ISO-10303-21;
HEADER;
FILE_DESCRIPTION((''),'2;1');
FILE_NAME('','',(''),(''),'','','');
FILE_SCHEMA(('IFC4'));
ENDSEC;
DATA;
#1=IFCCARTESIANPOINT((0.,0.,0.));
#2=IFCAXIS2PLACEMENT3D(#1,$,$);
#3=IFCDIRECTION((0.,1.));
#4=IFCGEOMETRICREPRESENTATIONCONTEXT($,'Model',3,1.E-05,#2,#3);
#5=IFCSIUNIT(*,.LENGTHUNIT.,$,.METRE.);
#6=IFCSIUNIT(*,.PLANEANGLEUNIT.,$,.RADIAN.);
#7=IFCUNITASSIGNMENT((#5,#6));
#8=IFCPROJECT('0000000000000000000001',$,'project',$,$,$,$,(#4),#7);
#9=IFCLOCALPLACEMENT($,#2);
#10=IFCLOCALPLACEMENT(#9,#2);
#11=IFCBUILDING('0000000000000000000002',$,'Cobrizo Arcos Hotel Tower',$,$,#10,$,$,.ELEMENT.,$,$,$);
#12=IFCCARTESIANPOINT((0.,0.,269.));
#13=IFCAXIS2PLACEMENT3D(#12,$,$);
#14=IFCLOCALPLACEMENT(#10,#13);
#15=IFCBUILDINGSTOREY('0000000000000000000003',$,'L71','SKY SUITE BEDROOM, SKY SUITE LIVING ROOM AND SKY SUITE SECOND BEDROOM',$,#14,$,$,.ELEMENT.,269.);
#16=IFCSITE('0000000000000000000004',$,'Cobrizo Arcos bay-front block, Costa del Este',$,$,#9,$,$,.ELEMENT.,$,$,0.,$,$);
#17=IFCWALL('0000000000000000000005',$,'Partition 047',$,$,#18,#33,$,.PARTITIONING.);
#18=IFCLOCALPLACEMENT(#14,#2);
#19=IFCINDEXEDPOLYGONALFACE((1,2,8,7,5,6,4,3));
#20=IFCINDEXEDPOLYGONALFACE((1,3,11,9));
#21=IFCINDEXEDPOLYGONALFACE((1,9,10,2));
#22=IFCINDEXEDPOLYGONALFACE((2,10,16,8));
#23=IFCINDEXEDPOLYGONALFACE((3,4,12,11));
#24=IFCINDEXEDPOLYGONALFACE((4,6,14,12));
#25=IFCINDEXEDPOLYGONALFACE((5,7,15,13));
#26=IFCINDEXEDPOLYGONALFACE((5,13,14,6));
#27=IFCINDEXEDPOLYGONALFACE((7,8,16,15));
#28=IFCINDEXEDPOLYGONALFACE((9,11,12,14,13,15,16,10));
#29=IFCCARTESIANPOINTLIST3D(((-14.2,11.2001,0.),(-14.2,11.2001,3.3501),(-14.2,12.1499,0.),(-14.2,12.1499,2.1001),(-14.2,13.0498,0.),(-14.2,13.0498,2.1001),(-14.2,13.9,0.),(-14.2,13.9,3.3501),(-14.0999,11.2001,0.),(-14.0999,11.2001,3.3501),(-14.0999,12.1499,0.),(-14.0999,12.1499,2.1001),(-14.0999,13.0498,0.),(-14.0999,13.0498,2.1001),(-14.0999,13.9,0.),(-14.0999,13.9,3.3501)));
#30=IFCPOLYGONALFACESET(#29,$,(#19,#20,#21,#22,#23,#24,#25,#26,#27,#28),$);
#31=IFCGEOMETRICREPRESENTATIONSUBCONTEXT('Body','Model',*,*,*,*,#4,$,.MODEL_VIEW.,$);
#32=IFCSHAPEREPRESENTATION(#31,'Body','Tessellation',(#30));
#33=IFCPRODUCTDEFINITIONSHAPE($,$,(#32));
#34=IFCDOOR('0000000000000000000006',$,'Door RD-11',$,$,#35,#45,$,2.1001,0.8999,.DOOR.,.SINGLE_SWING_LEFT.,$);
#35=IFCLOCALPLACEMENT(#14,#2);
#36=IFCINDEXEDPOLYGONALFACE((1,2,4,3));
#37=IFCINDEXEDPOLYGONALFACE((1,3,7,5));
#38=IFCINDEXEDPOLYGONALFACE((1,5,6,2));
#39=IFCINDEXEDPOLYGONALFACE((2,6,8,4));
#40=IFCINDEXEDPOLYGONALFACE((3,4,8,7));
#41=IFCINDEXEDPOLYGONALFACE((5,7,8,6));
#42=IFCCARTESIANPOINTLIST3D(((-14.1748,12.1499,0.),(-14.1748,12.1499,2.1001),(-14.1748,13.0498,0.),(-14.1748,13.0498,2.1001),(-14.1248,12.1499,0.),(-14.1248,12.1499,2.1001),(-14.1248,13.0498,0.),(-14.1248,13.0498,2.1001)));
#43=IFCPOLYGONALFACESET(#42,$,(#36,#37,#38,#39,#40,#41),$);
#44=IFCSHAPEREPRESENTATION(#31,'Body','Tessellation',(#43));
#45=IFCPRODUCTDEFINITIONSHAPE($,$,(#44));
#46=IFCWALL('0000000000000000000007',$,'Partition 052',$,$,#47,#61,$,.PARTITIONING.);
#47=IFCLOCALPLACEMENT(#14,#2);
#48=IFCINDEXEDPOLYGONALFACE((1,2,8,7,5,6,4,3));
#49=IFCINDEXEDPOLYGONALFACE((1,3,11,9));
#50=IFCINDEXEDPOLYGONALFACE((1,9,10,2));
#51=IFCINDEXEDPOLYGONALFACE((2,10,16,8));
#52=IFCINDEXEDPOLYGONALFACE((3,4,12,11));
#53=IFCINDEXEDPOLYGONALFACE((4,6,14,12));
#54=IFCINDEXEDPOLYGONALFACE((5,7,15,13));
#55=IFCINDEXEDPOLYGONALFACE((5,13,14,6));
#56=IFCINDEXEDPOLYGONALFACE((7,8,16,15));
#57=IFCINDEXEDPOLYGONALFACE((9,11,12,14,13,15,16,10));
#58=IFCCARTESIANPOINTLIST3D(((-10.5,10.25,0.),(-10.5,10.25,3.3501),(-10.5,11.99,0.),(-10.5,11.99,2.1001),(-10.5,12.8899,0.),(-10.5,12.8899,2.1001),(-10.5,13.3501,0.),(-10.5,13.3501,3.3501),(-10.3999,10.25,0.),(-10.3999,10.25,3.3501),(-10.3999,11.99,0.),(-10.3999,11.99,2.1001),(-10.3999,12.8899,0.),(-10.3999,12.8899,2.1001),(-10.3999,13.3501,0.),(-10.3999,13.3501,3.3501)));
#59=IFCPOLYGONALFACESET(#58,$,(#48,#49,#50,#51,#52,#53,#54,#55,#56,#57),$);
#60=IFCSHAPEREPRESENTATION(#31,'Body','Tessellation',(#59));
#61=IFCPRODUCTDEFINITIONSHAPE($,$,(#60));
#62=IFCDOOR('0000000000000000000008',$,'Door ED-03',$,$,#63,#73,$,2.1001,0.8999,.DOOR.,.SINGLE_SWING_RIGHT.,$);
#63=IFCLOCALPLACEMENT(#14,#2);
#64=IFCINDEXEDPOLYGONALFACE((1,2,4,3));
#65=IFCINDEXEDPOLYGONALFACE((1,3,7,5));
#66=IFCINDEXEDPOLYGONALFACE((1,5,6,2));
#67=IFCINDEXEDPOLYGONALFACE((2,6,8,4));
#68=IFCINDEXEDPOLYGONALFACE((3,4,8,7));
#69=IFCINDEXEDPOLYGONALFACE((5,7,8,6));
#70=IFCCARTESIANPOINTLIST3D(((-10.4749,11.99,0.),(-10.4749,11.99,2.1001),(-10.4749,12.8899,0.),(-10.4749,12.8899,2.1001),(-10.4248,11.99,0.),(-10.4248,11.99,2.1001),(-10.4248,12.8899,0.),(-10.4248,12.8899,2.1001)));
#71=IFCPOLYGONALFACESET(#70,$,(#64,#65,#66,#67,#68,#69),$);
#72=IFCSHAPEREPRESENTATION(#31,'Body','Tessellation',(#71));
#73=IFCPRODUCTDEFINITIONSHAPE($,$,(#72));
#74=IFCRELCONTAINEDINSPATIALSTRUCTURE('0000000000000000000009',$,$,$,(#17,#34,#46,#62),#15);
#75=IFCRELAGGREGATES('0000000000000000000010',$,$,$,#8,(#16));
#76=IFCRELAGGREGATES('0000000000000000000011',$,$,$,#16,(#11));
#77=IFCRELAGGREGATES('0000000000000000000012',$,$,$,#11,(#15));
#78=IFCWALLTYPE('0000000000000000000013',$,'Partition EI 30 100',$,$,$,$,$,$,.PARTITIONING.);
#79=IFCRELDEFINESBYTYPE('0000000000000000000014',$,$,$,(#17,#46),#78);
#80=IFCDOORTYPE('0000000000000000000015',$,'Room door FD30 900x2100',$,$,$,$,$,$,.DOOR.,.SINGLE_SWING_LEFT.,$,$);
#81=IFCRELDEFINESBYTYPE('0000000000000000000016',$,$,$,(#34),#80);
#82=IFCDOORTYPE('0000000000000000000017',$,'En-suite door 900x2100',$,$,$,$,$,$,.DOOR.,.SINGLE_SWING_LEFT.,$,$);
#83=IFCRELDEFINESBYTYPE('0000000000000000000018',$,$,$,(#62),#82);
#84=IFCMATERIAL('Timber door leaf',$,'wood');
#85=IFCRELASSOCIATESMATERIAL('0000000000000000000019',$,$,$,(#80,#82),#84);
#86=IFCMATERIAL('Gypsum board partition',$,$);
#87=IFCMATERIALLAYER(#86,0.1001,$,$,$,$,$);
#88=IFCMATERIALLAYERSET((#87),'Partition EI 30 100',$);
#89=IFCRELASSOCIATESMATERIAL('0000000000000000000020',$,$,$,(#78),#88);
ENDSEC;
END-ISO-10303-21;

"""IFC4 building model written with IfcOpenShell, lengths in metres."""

from ifc_helpers import new_model, si_unit, direction, frame, frame_2d, origin, place, context, subcontext, project, spatial, rectangle, extrude, material, layer, layer_set, type_object, element, fill, save


model = new_model("IFC4")

# Units and contexts
model_context = context("Model", 3, precision=1e-05, world=origin(), true_north=direction((0.0, 1.0)))
body_context = subcontext(model_context, "Body", "Model", "MODEL_VIEW")
ifc_project = project(units=[si_unit("LENGTHUNIT", "METRE"), si_unit("PLANEANGLEUNIT", "RADIAN")], contexts=[model_context])

# Site, building, storey
site_placement = place(None, origin())
site = spatial("IfcSite", under=ifc_project, at=site_placement, Name="Cobrizo Arcos bay-front block, Costa del Este", CompositionType="ELEMENT", RefElevation=0.0)
building_placement = place(site_placement, origin())
building = spatial("IfcBuilding", under=site, at=building_placement, Name="Cobrizo Arcos Hotel Tower", CompositionType="ELEMENT")
storey_placement = place(building_placement, frame((0.0, 0.0, 269.0)))
storey = spatial("IfcBuildingStorey", under=building, at=storey_placement, Name="L71", Description="SKY SUITE BEDROOM, SKY SUITE LIVING ROOM AND SKY SUITE SECOND BEDROOM", CompositionType="ELEMENT", Elevation=269.0)

# Walls, openings, doors
ifc_material_1 = material(Name="Gypsum board partition")
ifc_material_2 = material(Name="Timber door leaf", Category="wood")
door_type_1 = type_object("IfcDoorType", Name="Room door FD30 900x2100", OperationType="SINGLE_SWING_LEFT", PredefinedType="DOOR", material=ifc_material_2)
ifc_layer_1 = layer(ifc_material_1, 0.1001)
ifc_layer_set_1 = layer_set([ifc_layer_1], Name="Partition EI 30 100")
wall_type_1 = type_object("IfcWallType", Name="Partition EI 30 100", PredefinedType="PARTITIONING", material=ifc_layer_set_1)
wall_1_placement = place(storey_placement, frame((-14.1499, 11.2, 0.0), z_axis=(0.0, 0.0, 1.0), x_axis=(0.0, 1.0, 0.0)))
wall_1 = element("IfcWall", 1, at=wall_1_placement, inside=storey, type_object=wall_type_1, Name="Partition 047", PredefinedType="PARTITIONING", context=body_context, shape_type="SweptSolid", body=[
    extrude(rectangle(XDim=2.7, YDim=0.1001, at=frame_2d((1.3501, 0.0))), origin(), (0.0, 0.0, 1.0), 3.3501),
])
opening_1_placement = place(wall_1_placement, frame((0.95, 0.0, 0.0)))
opening_1 = element("IfcOpeningElement", 2, at=opening_1_placement, cuts=wall_1, PredefinedType="OPENING", context=body_context, shape_type="SweptSolid", body=[
    extrude(rectangle(XDim=0.8999, YDim=2.1001, at=frame_2d((0.45, 1.05))), frame((0.0, 0.062, 0.0), z_axis=(0.0, -1.0, 0.0), x_axis=(1.0, 0.0, 0.0)), (0.0, 0.0, 1.0), 0.124),
])
door_1_placement = place(opening_1_placement, origin())
door_1 = element("IfcDoor", 3, at=door_1_placement, inside=storey, type_object=door_type_1, Name="Door RD-11", OperationType="SINGLE_SWING_LEFT", OverallHeight=2.1001, OverallWidth=0.8999, PredefinedType="DOOR", context=body_context, shape_type="SweptSolid", body=[
    extrude(rectangle(XDim=0.8999, YDim=2.1001, at=frame_2d((0.45, 1.05))), frame((0.0, 0.0249, 0.0), z_axis=(0.0, -1.0, 0.0), x_axis=(1.0, 0.0, 0.0)), (0.0, 0.0, 1.0), 0.05),
])
fill(opening_1, door_1)
wall_2_placement = place(storey_placement, frame((-10.45, 10.25, 0.0), z_axis=(0.0, 0.0, 1.0), x_axis=(0.0, 1.0, 0.0)))
wall_2 = element("IfcWall", 4, at=wall_2_placement, inside=storey, type_object=wall_type_1, Name="Partition 052", PredefinedType="PARTITIONING", context=body_context, shape_type="SweptSolid", body=[
    extrude(rectangle(XDim=3.1001, YDim=0.1001, at=frame_2d((1.55, 0.0))), origin(), (0.0, 0.0, 1.0), 3.3501),
])
opening_2_placement = place(wall_2_placement, frame((1.74, 0.0, 0.0)))
opening_2 = element("IfcOpeningElement", 5, at=opening_2_placement, cuts=wall_2, PredefinedType="OPENING", context=body_context, shape_type="SweptSolid", body=[
    extrude(rectangle(XDim=0.8999, YDim=2.1001, at=frame_2d((0.45, 1.05))), frame((0.0, 0.062, 0.0), z_axis=(0.0, -1.0, 0.0), x_axis=(1.0, 0.0, 0.0)), (0.0, 0.0, 1.0), 0.124),
])
door_type_2 = type_object("IfcDoorType", Name="En-suite door 900x2100", OperationType="SINGLE_SWING_LEFT", PredefinedType="DOOR", material=ifc_material_2)
door_2_placement = place(opening_2_placement, origin())
door_2 = element("IfcDoor", 6, at=door_2_placement, inside=storey, type_object=door_type_2, Name="Door ED-03", OperationType="SINGLE_SWING_RIGHT", OverallHeight=2.1001, OverallWidth=0.8999, PredefinedType="DOOR", context=body_context, shape_type="SweptSolid", body=[
    extrude(rectangle(XDim=0.8999, YDim=2.1001, at=frame_2d((0.45, 1.05))), frame((0.0, 0.0249, 0.0), z_axis=(0.0, -1.0, 0.0), x_axis=(1.0, 0.0, 0.0)), (0.0, 0.0, 1.0), 0.05),
])
fill(opening_2, door_2)

save(model, "model.ifc")
